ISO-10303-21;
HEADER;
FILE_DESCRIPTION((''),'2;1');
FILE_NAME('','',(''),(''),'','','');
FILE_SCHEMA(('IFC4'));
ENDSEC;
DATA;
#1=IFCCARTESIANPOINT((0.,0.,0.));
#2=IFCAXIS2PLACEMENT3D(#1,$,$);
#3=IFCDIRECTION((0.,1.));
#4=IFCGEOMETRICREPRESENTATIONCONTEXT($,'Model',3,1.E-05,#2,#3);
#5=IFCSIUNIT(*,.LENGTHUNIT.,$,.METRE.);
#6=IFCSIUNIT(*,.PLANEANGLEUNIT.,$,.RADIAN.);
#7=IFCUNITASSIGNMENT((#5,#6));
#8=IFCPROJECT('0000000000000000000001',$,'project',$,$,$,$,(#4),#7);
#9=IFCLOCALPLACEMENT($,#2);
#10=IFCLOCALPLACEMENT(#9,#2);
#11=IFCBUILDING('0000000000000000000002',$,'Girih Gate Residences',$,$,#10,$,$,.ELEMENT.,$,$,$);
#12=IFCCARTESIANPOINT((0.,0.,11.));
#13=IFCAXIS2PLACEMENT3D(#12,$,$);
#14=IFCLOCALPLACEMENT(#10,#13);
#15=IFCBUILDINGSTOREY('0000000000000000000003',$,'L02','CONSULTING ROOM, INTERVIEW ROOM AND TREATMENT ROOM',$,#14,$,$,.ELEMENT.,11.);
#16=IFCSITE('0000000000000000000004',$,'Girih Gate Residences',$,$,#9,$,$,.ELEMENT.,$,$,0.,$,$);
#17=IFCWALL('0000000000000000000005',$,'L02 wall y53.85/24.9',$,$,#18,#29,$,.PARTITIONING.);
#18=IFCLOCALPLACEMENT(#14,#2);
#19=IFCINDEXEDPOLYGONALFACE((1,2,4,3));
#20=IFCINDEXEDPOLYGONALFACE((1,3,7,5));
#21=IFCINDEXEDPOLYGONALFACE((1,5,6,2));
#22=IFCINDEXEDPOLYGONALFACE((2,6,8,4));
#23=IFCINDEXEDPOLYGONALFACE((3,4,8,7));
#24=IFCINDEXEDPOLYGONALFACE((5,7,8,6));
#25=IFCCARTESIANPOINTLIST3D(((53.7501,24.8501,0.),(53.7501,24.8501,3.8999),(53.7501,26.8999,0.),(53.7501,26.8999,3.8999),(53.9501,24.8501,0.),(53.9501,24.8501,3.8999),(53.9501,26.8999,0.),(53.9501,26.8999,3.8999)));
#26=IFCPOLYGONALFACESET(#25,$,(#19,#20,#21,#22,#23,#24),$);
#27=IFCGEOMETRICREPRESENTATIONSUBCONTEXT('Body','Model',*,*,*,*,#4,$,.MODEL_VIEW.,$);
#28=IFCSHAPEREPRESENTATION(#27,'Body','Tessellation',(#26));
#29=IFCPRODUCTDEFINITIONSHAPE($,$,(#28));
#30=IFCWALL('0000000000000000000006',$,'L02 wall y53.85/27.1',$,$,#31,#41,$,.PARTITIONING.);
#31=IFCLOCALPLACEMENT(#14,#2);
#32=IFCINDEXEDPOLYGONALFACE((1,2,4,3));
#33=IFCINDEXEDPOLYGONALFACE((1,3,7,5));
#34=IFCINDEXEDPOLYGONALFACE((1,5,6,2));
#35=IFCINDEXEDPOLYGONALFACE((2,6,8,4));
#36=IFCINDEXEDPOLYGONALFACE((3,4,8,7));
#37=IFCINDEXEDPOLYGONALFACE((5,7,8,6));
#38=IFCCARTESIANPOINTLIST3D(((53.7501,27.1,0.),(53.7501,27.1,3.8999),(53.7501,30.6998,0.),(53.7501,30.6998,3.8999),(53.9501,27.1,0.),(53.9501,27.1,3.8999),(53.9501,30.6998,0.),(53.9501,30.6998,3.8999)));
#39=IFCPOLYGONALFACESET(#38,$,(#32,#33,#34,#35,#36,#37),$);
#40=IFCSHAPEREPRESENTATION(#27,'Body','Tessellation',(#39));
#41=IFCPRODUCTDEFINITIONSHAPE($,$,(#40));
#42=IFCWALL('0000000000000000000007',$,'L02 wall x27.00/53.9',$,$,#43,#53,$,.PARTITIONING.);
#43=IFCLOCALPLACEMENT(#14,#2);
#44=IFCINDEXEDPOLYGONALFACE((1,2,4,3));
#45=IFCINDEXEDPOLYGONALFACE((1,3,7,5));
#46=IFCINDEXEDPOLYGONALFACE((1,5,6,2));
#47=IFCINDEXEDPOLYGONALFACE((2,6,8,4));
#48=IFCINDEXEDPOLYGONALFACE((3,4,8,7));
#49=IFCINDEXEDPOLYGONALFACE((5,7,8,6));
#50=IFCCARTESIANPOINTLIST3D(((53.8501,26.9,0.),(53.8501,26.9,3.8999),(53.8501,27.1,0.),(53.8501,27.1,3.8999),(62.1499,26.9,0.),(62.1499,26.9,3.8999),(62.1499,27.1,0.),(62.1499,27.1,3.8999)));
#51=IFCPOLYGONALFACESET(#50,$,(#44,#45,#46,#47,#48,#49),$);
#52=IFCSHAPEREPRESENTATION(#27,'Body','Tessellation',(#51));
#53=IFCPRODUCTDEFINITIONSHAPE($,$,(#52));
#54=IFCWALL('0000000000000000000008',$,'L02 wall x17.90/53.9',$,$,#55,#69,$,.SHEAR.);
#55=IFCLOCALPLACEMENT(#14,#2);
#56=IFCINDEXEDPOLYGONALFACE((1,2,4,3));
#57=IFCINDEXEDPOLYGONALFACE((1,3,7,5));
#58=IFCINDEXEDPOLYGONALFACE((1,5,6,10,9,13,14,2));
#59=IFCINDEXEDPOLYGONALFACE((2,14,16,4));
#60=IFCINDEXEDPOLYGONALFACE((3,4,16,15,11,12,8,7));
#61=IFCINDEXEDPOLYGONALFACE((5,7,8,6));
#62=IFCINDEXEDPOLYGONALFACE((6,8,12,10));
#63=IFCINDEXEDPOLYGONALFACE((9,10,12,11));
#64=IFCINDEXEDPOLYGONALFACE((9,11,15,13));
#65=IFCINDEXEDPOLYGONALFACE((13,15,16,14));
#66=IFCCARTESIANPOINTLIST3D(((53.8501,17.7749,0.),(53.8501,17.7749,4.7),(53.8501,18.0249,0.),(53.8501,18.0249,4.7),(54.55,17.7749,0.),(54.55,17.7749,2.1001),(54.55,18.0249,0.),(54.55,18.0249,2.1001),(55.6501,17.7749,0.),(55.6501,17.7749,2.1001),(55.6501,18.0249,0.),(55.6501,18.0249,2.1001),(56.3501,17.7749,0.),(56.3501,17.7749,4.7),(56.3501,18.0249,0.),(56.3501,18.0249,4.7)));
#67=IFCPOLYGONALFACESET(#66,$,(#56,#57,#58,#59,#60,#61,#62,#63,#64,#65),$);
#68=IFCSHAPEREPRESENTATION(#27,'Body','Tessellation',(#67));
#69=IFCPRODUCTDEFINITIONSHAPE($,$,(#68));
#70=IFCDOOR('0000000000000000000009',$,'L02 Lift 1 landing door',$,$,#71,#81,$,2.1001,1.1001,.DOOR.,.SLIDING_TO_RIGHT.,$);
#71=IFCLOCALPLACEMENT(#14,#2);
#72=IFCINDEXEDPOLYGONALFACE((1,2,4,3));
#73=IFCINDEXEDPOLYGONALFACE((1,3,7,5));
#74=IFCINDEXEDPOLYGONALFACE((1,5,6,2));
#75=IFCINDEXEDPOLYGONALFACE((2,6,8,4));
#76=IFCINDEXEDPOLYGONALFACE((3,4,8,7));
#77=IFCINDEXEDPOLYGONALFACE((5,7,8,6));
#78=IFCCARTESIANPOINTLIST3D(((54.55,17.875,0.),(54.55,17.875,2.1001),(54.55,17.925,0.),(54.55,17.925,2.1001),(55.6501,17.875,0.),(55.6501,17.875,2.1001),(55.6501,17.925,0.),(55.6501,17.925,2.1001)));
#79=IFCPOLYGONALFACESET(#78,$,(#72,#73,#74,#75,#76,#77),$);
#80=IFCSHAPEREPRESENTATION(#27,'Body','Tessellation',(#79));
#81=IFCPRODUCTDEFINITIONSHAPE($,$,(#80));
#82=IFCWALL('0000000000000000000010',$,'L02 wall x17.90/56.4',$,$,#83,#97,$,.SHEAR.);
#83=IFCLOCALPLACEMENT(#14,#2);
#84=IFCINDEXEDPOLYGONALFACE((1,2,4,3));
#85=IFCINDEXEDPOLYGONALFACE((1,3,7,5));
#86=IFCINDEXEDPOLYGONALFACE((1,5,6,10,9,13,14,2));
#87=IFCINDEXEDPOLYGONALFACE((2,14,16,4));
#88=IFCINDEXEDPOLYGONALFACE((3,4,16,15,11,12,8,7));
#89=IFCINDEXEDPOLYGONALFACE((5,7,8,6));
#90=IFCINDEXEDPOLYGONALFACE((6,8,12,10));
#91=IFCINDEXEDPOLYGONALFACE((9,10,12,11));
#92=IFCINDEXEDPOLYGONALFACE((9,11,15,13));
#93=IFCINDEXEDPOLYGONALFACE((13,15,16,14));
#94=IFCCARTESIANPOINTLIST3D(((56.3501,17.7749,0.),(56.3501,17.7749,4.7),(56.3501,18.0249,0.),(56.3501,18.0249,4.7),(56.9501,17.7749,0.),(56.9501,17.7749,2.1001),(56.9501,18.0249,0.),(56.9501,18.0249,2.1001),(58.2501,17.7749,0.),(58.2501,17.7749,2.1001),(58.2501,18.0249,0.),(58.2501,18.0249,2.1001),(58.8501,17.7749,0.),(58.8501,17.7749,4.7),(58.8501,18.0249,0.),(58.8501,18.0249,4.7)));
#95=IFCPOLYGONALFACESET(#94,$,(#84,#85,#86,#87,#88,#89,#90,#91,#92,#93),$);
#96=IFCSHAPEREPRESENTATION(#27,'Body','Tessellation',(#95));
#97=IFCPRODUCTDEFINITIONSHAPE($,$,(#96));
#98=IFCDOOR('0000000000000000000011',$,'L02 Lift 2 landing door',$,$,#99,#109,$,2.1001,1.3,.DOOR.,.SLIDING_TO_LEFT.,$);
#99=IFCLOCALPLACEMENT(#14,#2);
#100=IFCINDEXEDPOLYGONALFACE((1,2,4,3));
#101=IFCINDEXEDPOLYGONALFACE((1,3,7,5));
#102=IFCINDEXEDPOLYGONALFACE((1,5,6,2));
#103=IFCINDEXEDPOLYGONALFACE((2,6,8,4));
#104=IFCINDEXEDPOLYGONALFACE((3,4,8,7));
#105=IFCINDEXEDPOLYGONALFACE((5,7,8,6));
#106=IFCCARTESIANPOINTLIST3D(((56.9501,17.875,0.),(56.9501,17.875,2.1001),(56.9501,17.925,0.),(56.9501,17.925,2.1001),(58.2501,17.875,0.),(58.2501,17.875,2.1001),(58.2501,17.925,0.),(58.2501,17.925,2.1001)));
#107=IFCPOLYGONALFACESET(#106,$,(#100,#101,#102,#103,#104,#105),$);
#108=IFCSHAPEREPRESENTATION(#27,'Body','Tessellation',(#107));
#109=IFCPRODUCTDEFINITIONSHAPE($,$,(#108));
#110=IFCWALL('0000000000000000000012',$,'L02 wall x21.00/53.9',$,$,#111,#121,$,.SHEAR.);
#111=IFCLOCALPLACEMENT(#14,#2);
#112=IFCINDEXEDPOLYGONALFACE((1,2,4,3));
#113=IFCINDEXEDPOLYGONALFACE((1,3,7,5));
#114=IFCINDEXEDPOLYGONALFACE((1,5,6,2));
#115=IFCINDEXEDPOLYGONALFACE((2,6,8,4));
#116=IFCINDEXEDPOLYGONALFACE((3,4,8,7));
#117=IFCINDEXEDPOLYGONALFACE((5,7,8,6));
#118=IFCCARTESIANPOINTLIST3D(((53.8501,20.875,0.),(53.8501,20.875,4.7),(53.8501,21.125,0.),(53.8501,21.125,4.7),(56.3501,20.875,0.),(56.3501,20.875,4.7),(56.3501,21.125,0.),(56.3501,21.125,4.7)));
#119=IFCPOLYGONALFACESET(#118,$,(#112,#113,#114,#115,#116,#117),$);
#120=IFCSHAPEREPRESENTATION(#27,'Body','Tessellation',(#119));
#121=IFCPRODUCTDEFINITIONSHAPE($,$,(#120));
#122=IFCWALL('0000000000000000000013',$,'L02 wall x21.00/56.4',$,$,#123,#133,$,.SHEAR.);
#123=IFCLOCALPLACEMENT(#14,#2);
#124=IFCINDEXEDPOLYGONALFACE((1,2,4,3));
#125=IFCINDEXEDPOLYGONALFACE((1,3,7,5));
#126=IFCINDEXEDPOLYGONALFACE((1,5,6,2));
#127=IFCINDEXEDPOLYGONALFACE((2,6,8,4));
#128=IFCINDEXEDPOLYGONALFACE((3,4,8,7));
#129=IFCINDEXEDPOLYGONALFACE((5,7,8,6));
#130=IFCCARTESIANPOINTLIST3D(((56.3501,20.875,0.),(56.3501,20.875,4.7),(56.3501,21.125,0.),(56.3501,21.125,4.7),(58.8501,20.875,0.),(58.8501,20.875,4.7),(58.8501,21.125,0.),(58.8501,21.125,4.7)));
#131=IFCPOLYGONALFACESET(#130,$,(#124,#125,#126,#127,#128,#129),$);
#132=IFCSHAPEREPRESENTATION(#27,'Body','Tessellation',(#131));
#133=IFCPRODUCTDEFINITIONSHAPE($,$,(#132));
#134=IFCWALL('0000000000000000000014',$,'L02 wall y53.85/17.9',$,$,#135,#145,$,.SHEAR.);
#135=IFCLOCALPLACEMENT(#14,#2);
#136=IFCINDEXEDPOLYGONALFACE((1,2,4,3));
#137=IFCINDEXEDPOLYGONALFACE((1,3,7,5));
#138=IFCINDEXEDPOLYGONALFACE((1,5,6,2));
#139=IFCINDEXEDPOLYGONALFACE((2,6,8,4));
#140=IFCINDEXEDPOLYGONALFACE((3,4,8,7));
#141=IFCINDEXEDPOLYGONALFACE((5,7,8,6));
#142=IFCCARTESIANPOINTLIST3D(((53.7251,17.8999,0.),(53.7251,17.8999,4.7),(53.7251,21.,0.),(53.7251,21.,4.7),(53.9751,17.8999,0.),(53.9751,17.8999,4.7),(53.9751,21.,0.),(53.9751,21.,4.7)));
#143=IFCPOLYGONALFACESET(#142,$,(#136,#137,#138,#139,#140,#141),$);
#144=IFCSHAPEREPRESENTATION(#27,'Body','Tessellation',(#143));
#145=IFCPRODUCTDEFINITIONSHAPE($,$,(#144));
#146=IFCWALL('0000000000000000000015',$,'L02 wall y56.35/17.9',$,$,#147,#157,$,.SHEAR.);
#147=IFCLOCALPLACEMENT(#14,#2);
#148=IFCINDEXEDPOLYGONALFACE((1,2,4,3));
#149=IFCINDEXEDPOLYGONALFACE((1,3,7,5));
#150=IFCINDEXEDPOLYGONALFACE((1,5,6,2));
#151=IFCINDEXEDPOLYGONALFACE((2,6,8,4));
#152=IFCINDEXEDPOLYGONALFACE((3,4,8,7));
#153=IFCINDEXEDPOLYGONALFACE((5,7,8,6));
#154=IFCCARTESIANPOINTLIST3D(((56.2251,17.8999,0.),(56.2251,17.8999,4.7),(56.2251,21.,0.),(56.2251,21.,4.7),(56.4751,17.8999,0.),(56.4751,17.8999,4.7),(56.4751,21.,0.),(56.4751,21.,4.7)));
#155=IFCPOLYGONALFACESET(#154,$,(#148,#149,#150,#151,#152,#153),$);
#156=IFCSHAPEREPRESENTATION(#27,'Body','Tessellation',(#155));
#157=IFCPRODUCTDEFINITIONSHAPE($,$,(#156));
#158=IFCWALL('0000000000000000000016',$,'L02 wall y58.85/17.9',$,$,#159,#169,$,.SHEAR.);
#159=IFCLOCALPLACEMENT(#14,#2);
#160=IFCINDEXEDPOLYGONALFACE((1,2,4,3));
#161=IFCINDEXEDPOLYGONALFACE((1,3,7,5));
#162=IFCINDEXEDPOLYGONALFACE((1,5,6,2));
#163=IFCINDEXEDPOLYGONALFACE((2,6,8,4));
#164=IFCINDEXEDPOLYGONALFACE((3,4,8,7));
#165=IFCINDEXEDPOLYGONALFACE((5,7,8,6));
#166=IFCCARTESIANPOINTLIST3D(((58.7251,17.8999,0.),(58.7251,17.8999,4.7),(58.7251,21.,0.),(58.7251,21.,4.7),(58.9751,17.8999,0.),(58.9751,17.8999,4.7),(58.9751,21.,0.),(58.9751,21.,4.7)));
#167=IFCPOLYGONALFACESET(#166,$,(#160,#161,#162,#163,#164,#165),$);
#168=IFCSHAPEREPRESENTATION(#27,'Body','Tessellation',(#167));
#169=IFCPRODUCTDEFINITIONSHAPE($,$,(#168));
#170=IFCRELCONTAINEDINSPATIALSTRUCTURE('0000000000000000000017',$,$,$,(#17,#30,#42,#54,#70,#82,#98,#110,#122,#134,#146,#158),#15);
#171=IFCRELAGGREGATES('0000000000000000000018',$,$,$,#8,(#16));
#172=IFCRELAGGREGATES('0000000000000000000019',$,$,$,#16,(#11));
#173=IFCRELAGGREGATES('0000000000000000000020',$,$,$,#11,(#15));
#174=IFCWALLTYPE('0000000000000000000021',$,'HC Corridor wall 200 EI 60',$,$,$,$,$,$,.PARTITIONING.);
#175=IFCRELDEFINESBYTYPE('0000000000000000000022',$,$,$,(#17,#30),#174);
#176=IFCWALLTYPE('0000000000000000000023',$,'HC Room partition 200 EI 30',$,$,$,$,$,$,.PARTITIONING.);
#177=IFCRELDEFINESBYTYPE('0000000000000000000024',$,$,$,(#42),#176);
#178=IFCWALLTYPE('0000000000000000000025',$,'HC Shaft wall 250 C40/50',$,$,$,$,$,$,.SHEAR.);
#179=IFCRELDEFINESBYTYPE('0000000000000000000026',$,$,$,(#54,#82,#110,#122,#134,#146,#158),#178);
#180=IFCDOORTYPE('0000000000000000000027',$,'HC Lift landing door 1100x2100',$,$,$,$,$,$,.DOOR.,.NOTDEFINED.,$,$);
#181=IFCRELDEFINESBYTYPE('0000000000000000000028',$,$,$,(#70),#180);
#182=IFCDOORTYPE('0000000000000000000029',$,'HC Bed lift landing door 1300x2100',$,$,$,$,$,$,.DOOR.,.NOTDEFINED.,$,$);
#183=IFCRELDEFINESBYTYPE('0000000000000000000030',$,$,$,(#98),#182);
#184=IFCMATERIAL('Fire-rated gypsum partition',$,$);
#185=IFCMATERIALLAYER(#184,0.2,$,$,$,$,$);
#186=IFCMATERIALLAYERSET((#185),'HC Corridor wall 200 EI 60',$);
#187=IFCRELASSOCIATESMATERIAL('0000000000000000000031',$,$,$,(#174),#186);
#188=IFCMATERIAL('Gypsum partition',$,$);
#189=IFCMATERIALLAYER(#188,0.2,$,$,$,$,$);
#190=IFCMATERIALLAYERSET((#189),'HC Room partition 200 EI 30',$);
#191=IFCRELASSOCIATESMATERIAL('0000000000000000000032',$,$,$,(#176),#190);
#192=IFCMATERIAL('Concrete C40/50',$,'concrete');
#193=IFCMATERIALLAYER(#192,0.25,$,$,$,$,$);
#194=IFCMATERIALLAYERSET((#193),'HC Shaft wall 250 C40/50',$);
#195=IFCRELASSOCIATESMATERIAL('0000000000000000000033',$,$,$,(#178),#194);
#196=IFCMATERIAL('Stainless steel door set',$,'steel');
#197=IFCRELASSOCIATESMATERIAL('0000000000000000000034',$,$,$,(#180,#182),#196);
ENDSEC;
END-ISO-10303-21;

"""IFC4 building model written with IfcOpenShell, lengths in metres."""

from ifc_helpers import new_model, si_unit, direction, frame, frame_2d, origin, place, context, subcontext, project, spatial, rectangle, extrude, material, layer, layer_set, type_object, element, fill, save


model = new_model("IFC4")

# Units and contexts
model_context = context("Model", 3, precision=1e-05, world=origin(), true_north=direction((0.0, 1.0)))
body_context = subcontext(model_context, "Body", "Model", "MODEL_VIEW")
ifc_project = project(units=[si_unit("LENGTHUNIT", "METRE"), si_unit("PLANEANGLEUNIT", "RADIAN")], contexts=[model_context])

# Site, building, storey
site_placement = place(None, origin())
site = spatial("IfcSite", under=ifc_project, at=site_placement, Name="Girih Gate Residences", CompositionType="ELEMENT", RefElevation=0.0)
building_placement = place(site_placement, origin())
building = spatial("IfcBuilding", under=site, at=building_placement, Name="Girih Gate Residences", CompositionType="ELEMENT")
storey_placement = place(building_placement, frame((0.0, 0.0, 11.0)))
storey = spatial("IfcBuildingStorey", under=building, at=storey_placement, Name="L02", Description="CONSULTING ROOM, INTERVIEW ROOM AND TREATMENT ROOM", CompositionType="ELEMENT", Elevation=11.0)

# Shared definitions
ifc_material_1 = material(Name="Concrete C40/50", Category="concrete")

# Shared definitions
ifc_material_2 = material(Name="Fire-rated gypsum partition")
ifc_layer_1 = layer(ifc_material_2, 0.2)
ifc_layer_set_1 = layer_set([ifc_layer_1], Name="HC Corridor wall 200 EI 60")
wall_type_1 = type_object("IfcWallType", Name="HC Corridor wall 200 EI 60", PredefinedType="PARTITIONING", material=ifc_layer_set_1)

# Walls
wall_1_placement = place(storey_placement, frame((53.8501, 24.8501, 0.0), z_axis=(0.0, 0.0, 1.0), x_axis=(0.0, 1.0, 0.0)))
element("IfcWall", 1, at=wall_1_placement, inside=storey, type_object=wall_type_1, Name="L02 wall y53.85/24.9", PredefinedType="PARTITIONING", context=body_context, shape_type="SweptSolid", body=[
    extrude(rectangle(XDim=2.0498, YDim=0.2, at=frame_2d((1.0249, 0.0))), origin(), (0.0, 0.0, 1.0), 3.8999),
])
wall_2_placement = place(storey_placement, frame((53.8501, 27.1001, 0.0), z_axis=(0.0, 0.0, 1.0), x_axis=(0.0, 1.0, 0.0)))
element("IfcWall", 2, at=wall_2_placement, inside=storey, type_object=wall_type_1, Name="L02 wall y53.85/27.1", PredefinedType="PARTITIONING", context=body_context, shape_type="SweptSolid", body=[
    extrude(rectangle(XDim=3.5999, YDim=0.2, at=frame_2d((1.7998, 0.0))), origin(), (0.0, 0.0, 1.0), 3.8999),
])
ifc_material_3 = material(Name="Gypsum partition")
ifc_layer_2 = layer(ifc_material_3, 0.2)
ifc_layer_set_2 = layer_set([ifc_layer_2], Name="HC Room partition 200 EI 30")
wall_type_2 = type_object("IfcWallType", Name="HC Room partition 200 EI 30", PredefinedType="PARTITIONING", material=ifc_layer_set_2)
wall_3_placement = place(storey_placement, frame((53.8501, 27.0, 0.0), z_axis=(0.0, 0.0, 1.0), x_axis=(1.0, 0.0, 0.0)))
element("IfcWall", 3, at=wall_3_placement, inside=storey, type_object=wall_type_2, Name="L02 wall x27.00/53.9", PredefinedType="PARTITIONING", context=body_context, shape_type="SweptSolid", body=[
    extrude(rectangle(XDim=8.2998, YDim=0.2, at=frame_2d((4.1499, 0.0))), origin(), (0.0, 0.0, 1.0), 3.8999),
])

# Walls, openings, doors
ifc_layer_3 = layer(ifc_material_1, 0.25)
ifc_layer_set_3 = layer_set([ifc_layer_3], Name="HC Shaft wall 250 C40/50")
wall_type_3 = type_object("IfcWallType", Name="HC Shaft wall 250 C40/50", PredefinedType="SHEAR", material=ifc_layer_set_3)
wall_4_placement = place(storey_placement, frame((56.3501, 17.8999, 0.0), z_axis=(0.0, 0.0, 1.0), x_axis=(-1.0, 0.0, 0.0)))
wall_4 = element("IfcWall", 4, at=wall_4_placement, inside=storey, type_object=wall_type_3, Name="L02 wall x17.90/53.9", PredefinedType="SHEAR", context=body_context, shape_type="SweptSolid", body=[
    extrude(rectangle(XDim=2.5, YDim=0.25, at=frame_2d((1.25, 0.0))), origin(), (0.0, 0.0, 1.0), 4.7),
])
opening_1_placement = place(wall_4_placement, frame((0.7, 0.0, 0.0)))
opening_1 = element("IfcOpeningElement", 5, at=opening_1_placement, cuts=wall_4, PredefinedType="OPENING", context=body_context, shape_type="SweptSolid", body=[
    extrude(rectangle(XDim=1.1001, YDim=2.1001, at=frame_2d((0.55, 1.05))), frame((0.0, 0.135, 0.0), z_axis=(0.0, -1.0, 0.0), x_axis=(1.0, 0.0, 0.0)), (0.0, 0.0, 1.0), 0.27),
])
ifc_material_4 = material(Name="Stainless steel door set", Category="steel")
door_type_1 = type_object("IfcDoorType", Name="HC Lift landing door 1100x2100", OperationType="NOTDEFINED", PredefinedType="DOOR", material=ifc_material_4)
door_1_placement = place(opening_1_placement, origin())
door_1 = element("IfcDoor", 6, at=door_1_placement, inside=storey, type_object=door_type_1, Name="L02 Lift 1 landing door", OperationType="SLIDING_TO_RIGHT", OverallHeight=2.1001, OverallWidth=1.1001, PredefinedType="DOOR", context=body_context, shape_type="SweptSolid", body=[
    extrude(rectangle(XDim=1.1001, YDim=2.1001, at=frame_2d((0.55, 1.05))), frame((0.0, 0.0249, 0.0), z_axis=(0.0, -1.0, 0.0), x_axis=(1.0, 0.0, 0.0)), (0.0, 0.0, 1.0), 0.05),
])
fill(opening_1, door_1)
wall_5_placement = place(storey_placement, frame((58.8501, 17.8999, 0.0), z_axis=(0.0, 0.0, 1.0), x_axis=(-1.0, 0.0, 0.0)))
wall_5 = element("IfcWall", 7, at=wall_5_placement, inside=storey, type_object=wall_type_3, Name="L02 wall x17.90/56.4", PredefinedType="SHEAR", context=body_context, shape_type="SweptSolid", body=[
    extrude(rectangle(XDim=2.5, YDim=0.25, at=frame_2d((1.25, 0.0))), origin(), (0.0, 0.0, 1.0), 4.7),
])
opening_2_placement = place(wall_5_placement, frame((0.6001, 0.0, 0.0)))
opening_2 = element("IfcOpeningElement", 8, at=opening_2_placement, cuts=wall_5, PredefinedType="OPENING", context=body_context, shape_type="SweptSolid", body=[
    extrude(rectangle(XDim=1.3, YDim=2.1001, at=frame_2d((0.6499, 1.05))), frame((0.0, 0.135, 0.0), z_axis=(0.0, -1.0, 0.0), x_axis=(1.0, 0.0, 0.0)), (0.0, 0.0, 1.0), 0.27),
])
door_type_2 = type_object("IfcDoorType", Name="HC Bed lift landing door 1300x2100", OperationType="NOTDEFINED", PredefinedType="DOOR", material=ifc_material_4)
door_2_placement = place(opening_2_placement, origin())
door_2 = element("IfcDoor", 9, at=door_2_placement, inside=storey, type_object=door_type_2, Name="L02 Lift 2 landing door", OperationType="SLIDING_TO_LEFT", OverallHeight=2.1001, OverallWidth=1.3, PredefinedType="DOOR", context=body_context, shape_type="SweptSolid", body=[
    extrude(rectangle(XDim=1.3, YDim=2.1001, at=frame_2d((0.6499, 1.05))), frame((0.0, 0.0249, 0.0), z_axis=(0.0, -1.0, 0.0), x_axis=(1.0, 0.0, 0.0)), (0.0, 0.0, 1.0), 0.05),
])
fill(opening_2, door_2)

# Walls
for number, where, z_axis, x_axis, name in (
    (10, (53.8501, 21.0, 0.0), (0.0, 0.0, 1.0), (1.0, 0.0, 0.0), "L02 wall x21.00/53.9"),
    (11, (56.3501, 21.0, 0.0), (0.0, 0.0, 1.0), (1.0, 0.0, 0.0), "L02 wall x21.00/56.4"),
):
    element("IfcWall", number, at=place(storey_placement, frame(where, z_axis=z_axis, x_axis=x_axis)), inside=storey, type_object=wall_type_3, Name=name, PredefinedType="SHEAR", context=body_context, shape_type="SweptSolid", body=[
        extrude(rectangle(XDim=2.5, YDim=0.25, at=frame_2d((1.25, 0.0))), origin(), (0.0, 0.0, 1.0), 4.7),
    ])
for number, where, z_axis, x_axis, name in (
    (12, (53.8501, 17.8999, 0.0), (0.0, 0.0, 1.0), (0.0, 1.0, 0.0), "L02 wall y53.85/17.9"),
    (13, (56.3501, 17.8999, 0.0), (0.0, 0.0, 1.0), (0.0, 1.0, 0.0), "L02 wall y56.35/17.9"),
    (14, (58.8501, 17.8999, 0.0), (0.0, 0.0, 1.0), (0.0, 1.0, 0.0), "L02 wall y58.85/17.9"),
):
    element("IfcWall", number, at=place(storey_placement, frame(where, z_axis=z_axis, x_axis=x_axis)), inside=storey, type_object=wall_type_3, Name=name, PredefinedType="SHEAR", context=body_context, shape_type="SweptSolid", body=[
        extrude(rectangle(XDim=3.1001, YDim=0.25, at=frame_2d((1.55, 0.0))), origin(), (0.0, 0.0, 1.0), 4.7),
    ])

save(model, "model.ifc")
